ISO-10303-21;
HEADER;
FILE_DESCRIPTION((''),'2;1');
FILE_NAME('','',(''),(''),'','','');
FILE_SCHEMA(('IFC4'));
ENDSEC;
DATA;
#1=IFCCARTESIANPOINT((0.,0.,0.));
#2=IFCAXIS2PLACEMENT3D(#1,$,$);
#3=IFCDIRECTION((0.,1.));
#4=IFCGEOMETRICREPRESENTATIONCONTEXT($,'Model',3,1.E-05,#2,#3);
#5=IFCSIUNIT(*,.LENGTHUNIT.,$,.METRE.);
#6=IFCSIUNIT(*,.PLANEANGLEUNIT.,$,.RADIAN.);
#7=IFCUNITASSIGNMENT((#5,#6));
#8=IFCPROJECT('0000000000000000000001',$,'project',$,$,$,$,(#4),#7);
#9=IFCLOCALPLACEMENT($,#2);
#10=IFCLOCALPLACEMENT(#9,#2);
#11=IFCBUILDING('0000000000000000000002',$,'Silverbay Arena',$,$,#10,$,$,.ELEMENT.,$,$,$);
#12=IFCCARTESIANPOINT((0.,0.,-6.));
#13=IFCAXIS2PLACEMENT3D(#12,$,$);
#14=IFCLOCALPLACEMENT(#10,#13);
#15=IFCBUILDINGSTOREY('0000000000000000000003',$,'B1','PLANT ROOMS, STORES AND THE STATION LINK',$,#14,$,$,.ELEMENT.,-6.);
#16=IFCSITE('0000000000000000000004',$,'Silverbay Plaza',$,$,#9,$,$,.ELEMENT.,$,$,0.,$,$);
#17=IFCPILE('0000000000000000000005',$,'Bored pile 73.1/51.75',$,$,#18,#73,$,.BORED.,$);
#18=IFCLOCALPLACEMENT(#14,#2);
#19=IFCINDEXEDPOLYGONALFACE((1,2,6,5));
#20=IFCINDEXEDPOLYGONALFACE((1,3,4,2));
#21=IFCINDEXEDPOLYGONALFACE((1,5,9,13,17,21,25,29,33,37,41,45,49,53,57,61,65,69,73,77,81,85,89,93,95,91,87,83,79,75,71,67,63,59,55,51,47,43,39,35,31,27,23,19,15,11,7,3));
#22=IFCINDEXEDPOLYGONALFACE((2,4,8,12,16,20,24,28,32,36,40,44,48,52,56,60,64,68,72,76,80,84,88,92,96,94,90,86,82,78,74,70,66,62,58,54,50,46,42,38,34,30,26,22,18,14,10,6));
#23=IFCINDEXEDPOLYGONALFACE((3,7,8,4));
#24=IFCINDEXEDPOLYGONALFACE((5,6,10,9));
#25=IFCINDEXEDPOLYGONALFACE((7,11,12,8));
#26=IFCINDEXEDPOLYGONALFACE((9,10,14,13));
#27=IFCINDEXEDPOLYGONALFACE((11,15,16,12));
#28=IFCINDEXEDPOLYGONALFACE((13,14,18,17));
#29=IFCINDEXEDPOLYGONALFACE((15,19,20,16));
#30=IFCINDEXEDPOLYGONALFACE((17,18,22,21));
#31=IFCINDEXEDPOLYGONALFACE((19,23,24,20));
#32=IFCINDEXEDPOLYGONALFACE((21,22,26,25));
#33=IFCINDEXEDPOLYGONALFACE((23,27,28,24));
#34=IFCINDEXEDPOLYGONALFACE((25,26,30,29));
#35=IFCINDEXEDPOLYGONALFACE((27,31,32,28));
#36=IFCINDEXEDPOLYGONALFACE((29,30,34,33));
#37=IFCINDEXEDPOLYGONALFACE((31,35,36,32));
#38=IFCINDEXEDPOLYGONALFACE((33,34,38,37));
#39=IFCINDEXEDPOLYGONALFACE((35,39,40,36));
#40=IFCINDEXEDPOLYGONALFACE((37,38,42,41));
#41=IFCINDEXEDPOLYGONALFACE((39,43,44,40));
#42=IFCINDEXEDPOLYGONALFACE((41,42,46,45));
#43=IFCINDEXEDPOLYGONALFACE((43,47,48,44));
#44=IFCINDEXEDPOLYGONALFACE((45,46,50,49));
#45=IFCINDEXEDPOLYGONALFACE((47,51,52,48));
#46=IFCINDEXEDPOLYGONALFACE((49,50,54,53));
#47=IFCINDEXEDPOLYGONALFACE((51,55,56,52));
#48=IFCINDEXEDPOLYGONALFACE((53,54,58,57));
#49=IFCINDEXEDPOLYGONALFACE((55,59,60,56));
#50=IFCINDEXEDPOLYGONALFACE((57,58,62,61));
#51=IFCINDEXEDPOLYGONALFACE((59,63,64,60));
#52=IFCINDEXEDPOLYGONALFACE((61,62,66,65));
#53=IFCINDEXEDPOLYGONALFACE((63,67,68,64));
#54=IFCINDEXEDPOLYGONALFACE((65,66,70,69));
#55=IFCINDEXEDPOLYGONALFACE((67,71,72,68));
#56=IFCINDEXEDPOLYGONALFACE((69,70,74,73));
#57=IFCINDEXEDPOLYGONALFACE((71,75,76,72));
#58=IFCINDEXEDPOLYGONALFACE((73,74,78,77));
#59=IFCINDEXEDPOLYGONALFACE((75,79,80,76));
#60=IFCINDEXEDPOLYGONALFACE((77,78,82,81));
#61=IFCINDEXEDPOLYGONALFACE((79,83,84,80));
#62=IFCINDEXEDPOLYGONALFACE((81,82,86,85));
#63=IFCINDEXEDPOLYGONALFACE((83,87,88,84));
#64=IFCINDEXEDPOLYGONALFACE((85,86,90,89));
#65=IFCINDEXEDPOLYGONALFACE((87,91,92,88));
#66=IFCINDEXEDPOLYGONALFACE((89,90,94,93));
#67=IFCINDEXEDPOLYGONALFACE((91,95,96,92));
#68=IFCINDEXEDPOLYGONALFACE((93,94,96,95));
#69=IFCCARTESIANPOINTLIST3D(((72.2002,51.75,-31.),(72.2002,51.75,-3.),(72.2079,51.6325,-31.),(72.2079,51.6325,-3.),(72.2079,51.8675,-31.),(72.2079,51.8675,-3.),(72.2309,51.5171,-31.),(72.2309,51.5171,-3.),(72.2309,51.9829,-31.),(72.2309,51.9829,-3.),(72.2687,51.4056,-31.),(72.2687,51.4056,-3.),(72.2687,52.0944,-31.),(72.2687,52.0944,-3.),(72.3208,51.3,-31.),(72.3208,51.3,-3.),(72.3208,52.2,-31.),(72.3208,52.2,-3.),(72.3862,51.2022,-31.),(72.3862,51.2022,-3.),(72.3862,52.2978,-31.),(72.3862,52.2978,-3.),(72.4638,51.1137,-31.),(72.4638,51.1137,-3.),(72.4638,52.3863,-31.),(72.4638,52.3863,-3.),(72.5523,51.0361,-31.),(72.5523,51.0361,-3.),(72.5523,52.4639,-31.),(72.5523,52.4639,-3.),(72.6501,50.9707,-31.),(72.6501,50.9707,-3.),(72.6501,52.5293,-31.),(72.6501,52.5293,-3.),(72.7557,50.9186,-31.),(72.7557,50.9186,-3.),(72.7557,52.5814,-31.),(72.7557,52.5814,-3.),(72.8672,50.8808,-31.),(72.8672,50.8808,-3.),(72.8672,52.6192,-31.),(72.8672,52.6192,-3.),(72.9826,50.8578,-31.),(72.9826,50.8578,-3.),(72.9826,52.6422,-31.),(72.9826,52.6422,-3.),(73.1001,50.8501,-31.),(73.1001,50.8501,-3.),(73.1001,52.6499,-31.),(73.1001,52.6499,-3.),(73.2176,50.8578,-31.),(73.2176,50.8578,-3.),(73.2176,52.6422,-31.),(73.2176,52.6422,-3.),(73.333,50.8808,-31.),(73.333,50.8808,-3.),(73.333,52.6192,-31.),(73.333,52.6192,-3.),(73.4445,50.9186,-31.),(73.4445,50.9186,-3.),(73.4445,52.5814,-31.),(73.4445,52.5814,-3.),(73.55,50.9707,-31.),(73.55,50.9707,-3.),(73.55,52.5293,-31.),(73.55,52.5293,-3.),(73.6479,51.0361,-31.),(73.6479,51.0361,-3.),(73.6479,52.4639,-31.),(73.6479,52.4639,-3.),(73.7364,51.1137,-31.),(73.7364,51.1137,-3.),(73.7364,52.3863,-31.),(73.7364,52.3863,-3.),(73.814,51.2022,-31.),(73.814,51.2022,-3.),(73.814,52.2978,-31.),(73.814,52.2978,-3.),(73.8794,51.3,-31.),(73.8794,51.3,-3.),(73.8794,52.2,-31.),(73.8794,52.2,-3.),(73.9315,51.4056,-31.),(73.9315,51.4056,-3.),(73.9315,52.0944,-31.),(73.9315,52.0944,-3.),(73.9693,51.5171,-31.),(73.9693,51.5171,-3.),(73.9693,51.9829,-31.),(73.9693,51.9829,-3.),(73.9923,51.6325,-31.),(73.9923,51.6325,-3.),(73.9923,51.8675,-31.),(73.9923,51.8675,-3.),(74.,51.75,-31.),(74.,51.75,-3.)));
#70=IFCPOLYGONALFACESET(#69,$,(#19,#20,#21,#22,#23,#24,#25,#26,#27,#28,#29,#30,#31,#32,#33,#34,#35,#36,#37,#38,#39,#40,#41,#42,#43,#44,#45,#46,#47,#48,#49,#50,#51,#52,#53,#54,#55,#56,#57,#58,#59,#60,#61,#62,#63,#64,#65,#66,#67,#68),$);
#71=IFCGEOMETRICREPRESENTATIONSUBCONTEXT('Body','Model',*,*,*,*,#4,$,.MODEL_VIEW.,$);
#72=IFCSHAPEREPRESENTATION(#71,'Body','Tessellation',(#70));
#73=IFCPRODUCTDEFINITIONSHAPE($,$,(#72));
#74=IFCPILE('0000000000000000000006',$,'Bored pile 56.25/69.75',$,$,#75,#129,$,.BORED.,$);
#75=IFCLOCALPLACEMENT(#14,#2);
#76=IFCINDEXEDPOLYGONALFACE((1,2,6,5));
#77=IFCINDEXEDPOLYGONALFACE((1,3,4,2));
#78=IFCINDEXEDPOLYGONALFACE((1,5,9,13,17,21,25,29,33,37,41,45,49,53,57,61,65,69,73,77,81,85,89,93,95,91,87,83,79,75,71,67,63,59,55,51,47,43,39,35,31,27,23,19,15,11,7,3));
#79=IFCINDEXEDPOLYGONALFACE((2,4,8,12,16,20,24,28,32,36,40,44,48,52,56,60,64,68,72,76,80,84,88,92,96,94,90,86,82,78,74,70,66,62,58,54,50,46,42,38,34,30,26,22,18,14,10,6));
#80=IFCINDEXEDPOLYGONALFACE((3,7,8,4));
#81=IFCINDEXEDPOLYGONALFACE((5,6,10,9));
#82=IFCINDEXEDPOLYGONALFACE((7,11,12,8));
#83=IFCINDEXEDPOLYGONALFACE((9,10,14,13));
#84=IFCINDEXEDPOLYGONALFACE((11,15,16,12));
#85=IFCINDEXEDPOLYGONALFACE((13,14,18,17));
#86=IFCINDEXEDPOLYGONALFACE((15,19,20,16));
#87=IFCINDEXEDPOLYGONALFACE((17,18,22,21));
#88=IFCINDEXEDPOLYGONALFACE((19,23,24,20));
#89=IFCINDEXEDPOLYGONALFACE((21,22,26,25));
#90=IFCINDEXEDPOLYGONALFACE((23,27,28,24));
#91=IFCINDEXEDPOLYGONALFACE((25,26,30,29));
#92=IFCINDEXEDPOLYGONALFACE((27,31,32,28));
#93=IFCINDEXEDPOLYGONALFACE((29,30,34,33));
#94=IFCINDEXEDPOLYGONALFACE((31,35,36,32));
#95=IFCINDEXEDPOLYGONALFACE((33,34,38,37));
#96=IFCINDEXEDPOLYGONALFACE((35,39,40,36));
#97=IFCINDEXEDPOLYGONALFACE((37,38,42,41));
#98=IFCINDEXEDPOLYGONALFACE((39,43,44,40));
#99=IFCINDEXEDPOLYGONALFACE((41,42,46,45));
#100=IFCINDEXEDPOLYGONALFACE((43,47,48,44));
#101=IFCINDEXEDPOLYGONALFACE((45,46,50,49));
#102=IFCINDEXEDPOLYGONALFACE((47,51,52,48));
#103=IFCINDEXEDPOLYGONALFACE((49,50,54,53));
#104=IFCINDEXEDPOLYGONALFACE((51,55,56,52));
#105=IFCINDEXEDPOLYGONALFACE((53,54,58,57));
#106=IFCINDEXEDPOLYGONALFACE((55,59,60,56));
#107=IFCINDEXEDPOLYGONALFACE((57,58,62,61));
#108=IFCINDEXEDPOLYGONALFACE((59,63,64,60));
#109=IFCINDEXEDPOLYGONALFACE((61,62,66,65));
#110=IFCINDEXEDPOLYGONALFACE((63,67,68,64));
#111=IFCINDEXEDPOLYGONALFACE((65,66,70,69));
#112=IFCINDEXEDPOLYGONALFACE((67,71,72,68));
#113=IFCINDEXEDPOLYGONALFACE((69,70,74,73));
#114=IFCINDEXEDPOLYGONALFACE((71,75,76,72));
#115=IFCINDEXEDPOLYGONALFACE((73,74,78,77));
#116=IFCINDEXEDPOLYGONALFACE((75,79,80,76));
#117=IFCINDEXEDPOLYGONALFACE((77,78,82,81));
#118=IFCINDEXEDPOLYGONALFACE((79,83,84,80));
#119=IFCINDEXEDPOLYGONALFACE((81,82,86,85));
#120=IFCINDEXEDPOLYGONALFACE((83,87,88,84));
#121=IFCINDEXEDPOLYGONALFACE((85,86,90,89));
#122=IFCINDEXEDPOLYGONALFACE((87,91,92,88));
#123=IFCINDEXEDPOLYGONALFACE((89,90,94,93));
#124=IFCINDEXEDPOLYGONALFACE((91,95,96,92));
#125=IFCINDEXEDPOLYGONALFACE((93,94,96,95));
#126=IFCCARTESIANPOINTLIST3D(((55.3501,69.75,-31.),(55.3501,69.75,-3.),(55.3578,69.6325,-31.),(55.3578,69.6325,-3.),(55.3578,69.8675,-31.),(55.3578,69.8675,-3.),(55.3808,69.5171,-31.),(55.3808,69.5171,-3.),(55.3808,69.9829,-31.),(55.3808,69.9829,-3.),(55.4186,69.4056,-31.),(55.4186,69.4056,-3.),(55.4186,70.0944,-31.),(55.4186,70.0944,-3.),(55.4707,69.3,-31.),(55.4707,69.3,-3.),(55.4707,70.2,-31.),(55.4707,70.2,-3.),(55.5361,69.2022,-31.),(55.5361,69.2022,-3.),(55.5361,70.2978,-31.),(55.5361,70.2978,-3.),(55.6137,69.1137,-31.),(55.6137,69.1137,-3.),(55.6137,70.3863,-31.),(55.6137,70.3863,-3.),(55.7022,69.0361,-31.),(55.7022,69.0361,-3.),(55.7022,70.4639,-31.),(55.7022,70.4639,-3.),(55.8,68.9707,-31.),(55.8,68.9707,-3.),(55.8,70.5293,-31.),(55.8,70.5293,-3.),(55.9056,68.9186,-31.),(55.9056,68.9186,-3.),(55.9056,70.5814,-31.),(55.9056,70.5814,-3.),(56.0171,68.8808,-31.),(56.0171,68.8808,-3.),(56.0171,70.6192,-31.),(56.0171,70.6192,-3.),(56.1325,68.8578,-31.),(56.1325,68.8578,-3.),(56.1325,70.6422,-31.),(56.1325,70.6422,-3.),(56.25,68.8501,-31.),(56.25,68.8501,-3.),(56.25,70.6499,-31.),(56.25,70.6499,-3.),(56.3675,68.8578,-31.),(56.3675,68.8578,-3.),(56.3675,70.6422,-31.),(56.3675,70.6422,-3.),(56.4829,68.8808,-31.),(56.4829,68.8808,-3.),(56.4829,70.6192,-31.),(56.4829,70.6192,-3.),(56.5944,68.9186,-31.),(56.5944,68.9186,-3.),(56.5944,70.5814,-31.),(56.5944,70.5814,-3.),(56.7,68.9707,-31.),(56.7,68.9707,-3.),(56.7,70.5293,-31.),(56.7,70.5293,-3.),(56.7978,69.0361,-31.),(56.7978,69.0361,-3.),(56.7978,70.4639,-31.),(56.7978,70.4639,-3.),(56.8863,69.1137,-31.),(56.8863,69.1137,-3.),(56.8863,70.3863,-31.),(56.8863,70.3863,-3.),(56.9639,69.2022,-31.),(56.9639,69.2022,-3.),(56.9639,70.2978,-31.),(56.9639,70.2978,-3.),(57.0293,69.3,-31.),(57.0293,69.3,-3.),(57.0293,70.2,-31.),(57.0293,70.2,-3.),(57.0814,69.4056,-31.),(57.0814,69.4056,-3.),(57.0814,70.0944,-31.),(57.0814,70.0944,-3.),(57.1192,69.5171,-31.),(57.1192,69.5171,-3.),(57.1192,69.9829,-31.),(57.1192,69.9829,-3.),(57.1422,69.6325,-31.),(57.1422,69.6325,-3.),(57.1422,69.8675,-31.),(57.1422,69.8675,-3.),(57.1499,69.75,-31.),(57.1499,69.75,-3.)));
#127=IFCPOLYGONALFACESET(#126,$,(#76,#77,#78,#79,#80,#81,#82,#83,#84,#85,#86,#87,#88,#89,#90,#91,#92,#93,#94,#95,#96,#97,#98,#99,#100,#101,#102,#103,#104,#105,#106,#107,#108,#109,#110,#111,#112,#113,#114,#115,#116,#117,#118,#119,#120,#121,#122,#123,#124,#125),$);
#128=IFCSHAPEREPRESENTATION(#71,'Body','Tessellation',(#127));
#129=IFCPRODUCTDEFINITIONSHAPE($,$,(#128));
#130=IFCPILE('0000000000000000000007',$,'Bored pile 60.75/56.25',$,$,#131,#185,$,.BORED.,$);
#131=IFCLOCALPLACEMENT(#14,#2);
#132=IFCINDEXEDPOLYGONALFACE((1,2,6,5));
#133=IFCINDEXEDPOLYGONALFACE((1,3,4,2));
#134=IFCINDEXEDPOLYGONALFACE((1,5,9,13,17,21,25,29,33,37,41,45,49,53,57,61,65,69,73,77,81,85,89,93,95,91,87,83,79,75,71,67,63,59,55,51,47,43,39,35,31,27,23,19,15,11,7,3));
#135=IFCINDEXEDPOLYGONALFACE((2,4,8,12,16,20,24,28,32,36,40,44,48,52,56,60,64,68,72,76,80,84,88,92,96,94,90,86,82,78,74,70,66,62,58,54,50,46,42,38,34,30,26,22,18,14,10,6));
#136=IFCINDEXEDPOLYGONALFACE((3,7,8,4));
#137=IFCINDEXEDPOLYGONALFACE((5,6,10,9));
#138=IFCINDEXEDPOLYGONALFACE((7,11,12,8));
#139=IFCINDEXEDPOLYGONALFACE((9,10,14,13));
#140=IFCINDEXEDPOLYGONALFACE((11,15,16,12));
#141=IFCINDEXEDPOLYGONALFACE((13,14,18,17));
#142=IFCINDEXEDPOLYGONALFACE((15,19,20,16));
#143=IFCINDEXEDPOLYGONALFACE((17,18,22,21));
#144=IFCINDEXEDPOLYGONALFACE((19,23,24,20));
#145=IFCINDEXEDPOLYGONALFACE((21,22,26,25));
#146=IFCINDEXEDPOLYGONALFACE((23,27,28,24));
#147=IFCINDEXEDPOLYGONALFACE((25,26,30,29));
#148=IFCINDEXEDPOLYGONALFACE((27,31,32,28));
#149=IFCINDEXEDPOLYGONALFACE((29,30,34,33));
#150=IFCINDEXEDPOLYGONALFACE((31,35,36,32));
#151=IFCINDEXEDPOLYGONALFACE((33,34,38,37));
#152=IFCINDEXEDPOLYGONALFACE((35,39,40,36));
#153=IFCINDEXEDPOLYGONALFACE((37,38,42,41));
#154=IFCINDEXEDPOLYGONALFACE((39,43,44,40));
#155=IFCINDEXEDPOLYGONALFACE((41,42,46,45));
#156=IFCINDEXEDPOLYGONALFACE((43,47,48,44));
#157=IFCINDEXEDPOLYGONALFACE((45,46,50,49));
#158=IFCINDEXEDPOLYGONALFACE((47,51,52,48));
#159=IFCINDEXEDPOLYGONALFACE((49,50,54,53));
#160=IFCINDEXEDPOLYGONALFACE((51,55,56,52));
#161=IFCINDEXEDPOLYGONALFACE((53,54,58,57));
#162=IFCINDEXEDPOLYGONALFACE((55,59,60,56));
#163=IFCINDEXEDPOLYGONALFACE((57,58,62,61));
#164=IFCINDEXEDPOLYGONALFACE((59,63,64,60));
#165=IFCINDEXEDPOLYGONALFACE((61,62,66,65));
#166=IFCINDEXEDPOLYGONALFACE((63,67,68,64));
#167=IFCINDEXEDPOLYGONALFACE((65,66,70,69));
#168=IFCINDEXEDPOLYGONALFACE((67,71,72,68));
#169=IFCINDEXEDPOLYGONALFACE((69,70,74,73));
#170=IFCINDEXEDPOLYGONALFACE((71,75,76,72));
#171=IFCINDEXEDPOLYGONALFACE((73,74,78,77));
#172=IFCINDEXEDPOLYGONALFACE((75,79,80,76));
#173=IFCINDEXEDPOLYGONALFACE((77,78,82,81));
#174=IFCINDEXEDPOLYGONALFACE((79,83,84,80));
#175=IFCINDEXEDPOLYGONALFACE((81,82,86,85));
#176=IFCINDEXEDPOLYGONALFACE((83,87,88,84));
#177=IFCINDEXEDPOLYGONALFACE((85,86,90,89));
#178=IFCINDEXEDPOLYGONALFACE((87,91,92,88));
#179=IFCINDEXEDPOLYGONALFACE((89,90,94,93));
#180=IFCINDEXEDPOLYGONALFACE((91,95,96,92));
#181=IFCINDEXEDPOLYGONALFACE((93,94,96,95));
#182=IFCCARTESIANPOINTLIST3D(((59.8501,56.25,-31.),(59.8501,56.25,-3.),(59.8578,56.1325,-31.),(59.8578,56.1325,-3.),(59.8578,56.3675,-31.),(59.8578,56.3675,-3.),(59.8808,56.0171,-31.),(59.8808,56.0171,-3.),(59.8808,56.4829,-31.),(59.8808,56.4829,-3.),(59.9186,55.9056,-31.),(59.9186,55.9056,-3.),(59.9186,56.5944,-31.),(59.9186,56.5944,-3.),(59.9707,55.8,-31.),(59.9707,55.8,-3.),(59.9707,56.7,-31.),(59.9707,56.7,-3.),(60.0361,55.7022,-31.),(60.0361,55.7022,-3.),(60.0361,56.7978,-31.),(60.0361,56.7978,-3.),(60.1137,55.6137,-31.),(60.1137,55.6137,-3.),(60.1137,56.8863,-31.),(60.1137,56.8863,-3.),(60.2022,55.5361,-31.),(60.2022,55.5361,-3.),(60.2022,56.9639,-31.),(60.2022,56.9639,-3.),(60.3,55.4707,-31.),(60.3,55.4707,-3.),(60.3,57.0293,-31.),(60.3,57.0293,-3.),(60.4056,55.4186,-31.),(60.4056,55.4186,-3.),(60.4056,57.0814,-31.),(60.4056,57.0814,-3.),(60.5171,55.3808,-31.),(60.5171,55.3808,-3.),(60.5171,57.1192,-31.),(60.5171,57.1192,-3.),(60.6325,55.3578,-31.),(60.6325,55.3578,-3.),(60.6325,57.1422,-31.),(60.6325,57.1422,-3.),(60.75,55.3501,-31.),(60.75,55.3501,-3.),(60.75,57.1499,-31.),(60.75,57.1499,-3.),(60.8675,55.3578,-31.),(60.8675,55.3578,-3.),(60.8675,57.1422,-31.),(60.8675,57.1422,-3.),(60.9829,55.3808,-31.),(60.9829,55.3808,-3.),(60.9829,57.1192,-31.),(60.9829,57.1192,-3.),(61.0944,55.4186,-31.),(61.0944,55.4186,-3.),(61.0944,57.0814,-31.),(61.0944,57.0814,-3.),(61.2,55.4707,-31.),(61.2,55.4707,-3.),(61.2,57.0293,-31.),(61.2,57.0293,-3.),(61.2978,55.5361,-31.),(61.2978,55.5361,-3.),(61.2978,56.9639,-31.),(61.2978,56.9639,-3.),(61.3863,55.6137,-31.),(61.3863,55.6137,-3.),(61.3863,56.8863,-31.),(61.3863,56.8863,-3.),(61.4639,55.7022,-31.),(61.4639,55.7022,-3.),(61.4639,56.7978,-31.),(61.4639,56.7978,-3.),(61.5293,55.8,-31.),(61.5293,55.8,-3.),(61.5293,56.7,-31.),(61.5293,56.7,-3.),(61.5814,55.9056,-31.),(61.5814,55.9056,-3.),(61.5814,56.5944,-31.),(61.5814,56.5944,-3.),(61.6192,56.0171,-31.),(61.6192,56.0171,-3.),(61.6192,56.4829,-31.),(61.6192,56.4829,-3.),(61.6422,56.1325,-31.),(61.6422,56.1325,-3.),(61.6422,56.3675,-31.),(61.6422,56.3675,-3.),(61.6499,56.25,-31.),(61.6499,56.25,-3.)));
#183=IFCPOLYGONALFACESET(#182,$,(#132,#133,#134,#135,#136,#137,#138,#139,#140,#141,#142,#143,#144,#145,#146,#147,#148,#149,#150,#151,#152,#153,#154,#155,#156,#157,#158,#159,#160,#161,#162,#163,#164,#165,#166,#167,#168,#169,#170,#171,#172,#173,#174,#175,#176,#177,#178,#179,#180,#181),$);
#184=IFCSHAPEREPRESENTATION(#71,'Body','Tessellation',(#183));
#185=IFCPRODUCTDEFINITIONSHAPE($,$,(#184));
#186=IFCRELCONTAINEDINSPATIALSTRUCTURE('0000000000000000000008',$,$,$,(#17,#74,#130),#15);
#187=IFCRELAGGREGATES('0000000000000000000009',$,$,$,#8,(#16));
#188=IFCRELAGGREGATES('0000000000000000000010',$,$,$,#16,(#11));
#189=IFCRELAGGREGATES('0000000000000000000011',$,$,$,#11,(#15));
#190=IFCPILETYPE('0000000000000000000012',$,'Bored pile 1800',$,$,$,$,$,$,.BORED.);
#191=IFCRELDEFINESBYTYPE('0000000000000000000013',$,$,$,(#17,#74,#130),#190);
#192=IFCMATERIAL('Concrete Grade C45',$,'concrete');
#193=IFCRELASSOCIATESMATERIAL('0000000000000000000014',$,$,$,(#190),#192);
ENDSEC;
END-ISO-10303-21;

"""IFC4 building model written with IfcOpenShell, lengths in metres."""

from ifc_helpers import new_model, si_unit, direction, frame, origin, origin_2d, place, context, subcontext, project, spatial, circle, extrude, material, material_profile, profile_set, type_object, element, save


model = new_model("IFC4")

# Units and contexts
model_context = context("Model", 3, precision=1e-05, world=origin(), true_north=direction((0.0, 1.0)))
body_context = subcontext(model_context, "Body", "Model", "MODEL_VIEW")
ifc_project = project(units=[si_unit("LENGTHUNIT", "METRE"), si_unit("PLANEANGLEUNIT", "RADIAN")], contexts=[model_context])

# Site, building, storey
site_placement = place(None, origin())
site = spatial("IfcSite", under=ifc_project, at=site_placement, Name="Silverbay Plaza", CompositionType="ELEMENT", RefElevation=0.0)
building_placement = place(site_placement, origin())
building = spatial("IfcBuilding", under=site, at=building_placement, Name="Silverbay Arena", CompositionType="ELEMENT")
storey_placement = place(building_placement, frame((0.0, 0.0, -6.0)))
storey = spatial("IfcBuildingStorey", under=building, at=storey_placement, Name="B1", Description="PLANT ROOMS, STORES AND THE STATION LINK", CompositionType="ELEMENT", Elevation=-6.0)

# Piles
ifc_material_1 = material(Name="Concrete Grade C45", Category="concrete")
ifc_material_profile = material_profile(ifc_material_1, circle(Radius=0.8999, at=origin_2d()), Name="Bored pile 1800")
ifc_profile_set = profile_set([ifc_material_profile], Name="Concrete Grade C45")
pile_type = type_object("IfcPileType", Name="Bored pile 1800", PredefinedType="BORED", material=ifc_profile_set)
for number, where, z_axis, x_axis, name in (
    (1, (73.1001, 51.75, -3.0), (0.0, 0.0, -1.0), (1.0, 0.0, 0.0), "Bored pile 73.1/51.75"),
    (2, (56.25, 69.75, -3.0), (0.0, 0.0, -1.0), (1.0, 0.0, 0.0), "Bored pile 56.25/69.75"),
    (3, (60.75, 56.25, -3.0), (0.0, 0.0, -1.0), (1.0, 0.0, 0.0), "Bored pile 60.75/56.25"),
):
    element("IfcPile", number, at=place(storey_placement, frame(where, z_axis=z_axis, x_axis=x_axis)), inside=storey, type_object=pile_type, Name=name, PredefinedType="BORED", context=body_context, shape_type="SweptSolid", body=[
        extrude(circle(Radius=0.8999, at=origin_2d()), origin(), (0.0, 0.0, 1.0), 28.0),
    ])

save(model, "model.ifc")
